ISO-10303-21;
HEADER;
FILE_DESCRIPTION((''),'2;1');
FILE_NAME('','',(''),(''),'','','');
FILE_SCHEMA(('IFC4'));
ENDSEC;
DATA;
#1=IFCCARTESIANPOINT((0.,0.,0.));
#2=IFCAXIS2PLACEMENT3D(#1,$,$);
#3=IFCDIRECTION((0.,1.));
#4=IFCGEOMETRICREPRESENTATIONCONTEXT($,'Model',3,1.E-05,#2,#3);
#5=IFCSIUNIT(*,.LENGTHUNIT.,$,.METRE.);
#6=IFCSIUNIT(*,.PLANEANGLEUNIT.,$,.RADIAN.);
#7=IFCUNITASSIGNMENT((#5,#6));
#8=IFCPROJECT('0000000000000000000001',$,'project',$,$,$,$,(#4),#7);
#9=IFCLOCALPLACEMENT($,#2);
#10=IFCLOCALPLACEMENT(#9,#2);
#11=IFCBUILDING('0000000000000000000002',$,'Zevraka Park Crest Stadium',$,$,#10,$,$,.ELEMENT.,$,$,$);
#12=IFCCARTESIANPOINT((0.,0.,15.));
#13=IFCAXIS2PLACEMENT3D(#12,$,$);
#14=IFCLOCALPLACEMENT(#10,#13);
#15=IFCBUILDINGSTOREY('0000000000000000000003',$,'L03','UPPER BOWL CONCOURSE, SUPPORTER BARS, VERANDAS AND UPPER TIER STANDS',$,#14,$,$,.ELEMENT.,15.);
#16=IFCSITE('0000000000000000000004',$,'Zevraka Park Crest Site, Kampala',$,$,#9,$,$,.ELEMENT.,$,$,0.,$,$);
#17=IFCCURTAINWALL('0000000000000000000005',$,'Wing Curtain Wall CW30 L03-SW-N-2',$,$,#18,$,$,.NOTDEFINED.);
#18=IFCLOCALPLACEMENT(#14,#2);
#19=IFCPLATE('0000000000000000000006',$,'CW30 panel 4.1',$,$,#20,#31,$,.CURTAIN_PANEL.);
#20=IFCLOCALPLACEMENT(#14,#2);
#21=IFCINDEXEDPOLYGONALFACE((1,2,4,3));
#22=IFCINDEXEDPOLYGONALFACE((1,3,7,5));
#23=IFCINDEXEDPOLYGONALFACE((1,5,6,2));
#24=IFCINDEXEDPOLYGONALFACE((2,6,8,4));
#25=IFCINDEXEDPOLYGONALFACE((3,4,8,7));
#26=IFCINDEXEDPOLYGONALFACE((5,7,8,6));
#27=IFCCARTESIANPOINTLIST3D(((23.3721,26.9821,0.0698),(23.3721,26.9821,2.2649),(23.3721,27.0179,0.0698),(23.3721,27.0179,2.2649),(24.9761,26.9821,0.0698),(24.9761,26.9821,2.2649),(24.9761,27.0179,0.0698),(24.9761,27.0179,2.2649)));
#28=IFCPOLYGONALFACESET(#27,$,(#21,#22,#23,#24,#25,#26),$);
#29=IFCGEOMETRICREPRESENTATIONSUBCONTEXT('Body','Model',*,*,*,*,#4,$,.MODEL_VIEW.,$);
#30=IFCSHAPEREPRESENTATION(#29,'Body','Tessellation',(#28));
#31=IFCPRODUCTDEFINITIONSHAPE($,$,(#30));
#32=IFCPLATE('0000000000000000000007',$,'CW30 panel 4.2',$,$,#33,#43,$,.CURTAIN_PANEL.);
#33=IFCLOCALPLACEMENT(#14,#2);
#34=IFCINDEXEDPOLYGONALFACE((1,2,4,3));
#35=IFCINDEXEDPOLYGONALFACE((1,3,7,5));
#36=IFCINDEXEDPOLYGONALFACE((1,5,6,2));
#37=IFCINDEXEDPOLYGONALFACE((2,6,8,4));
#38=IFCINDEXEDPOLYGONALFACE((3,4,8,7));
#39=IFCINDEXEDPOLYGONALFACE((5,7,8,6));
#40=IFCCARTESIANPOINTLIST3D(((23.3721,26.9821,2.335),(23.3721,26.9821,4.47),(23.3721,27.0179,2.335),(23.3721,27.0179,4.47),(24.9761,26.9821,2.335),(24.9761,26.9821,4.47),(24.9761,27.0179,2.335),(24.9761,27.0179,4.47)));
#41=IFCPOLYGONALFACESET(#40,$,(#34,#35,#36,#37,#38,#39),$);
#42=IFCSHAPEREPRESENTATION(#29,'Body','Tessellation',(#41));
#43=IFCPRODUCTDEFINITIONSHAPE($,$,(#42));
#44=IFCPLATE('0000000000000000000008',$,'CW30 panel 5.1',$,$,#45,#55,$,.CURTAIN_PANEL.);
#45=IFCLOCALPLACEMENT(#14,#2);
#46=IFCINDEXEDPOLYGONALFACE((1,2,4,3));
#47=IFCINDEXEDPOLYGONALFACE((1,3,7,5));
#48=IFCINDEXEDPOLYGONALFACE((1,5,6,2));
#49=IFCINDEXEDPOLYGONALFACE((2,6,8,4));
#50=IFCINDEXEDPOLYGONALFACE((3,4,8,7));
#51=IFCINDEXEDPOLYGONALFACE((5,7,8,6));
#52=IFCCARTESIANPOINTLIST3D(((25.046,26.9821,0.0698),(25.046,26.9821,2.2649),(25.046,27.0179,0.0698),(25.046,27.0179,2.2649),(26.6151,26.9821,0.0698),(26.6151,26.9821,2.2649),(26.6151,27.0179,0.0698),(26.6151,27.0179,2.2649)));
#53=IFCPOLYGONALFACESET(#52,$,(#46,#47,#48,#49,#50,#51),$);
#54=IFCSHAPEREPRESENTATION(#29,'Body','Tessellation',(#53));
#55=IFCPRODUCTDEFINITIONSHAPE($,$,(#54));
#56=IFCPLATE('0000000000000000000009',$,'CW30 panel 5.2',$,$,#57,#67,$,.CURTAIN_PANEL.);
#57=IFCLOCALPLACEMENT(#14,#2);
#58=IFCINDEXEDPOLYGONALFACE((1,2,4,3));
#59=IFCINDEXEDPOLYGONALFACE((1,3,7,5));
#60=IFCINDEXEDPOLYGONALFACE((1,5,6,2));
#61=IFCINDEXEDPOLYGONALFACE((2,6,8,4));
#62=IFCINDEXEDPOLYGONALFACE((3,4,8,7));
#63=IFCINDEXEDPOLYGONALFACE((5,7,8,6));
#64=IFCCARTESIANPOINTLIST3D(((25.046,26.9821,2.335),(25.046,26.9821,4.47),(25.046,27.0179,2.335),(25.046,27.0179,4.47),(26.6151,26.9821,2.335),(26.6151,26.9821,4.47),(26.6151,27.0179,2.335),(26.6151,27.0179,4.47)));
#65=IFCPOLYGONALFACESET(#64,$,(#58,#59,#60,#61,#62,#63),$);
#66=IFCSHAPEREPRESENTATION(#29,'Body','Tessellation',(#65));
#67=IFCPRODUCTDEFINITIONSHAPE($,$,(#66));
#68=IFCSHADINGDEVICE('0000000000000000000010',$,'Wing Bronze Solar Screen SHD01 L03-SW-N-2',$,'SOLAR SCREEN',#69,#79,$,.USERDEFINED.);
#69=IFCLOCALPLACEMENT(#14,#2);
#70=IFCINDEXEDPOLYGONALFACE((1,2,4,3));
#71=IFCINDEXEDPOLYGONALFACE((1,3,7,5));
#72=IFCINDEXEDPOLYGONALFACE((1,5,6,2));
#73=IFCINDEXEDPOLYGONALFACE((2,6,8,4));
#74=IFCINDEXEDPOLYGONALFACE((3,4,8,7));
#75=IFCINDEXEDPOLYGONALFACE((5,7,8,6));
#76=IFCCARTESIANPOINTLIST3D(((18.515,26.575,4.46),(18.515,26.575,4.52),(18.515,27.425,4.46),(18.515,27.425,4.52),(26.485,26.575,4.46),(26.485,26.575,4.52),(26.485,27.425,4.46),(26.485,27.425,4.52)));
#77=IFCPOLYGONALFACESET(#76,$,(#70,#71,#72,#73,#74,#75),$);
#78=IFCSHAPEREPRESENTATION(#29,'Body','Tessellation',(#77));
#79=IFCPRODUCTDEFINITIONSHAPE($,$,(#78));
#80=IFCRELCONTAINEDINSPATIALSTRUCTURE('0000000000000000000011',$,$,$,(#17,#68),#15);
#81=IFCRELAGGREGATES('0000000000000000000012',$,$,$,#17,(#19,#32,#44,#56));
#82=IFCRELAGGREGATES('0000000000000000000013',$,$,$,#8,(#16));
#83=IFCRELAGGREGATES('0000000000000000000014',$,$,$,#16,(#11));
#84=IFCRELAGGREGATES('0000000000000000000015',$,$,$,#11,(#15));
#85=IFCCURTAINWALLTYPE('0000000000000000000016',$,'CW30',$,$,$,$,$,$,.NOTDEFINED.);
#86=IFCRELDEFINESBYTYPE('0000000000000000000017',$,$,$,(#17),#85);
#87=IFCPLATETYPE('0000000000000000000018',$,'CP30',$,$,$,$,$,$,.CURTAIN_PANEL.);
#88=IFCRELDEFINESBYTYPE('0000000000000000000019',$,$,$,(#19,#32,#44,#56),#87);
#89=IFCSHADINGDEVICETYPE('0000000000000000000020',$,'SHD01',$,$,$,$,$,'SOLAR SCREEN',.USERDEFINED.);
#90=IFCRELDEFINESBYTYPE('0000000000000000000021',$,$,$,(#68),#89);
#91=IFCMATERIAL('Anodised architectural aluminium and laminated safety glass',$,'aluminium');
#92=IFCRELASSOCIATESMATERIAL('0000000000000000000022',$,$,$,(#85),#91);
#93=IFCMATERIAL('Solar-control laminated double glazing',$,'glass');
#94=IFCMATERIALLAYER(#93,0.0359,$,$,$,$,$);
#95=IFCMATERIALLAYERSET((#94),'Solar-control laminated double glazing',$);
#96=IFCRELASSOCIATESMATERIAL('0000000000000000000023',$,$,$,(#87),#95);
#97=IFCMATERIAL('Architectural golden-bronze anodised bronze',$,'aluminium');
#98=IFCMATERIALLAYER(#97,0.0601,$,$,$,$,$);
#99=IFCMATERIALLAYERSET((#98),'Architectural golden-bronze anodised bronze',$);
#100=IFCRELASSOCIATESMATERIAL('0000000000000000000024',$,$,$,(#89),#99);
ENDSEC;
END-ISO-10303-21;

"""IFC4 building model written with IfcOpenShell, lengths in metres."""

from ifc_helpers import new_model, si_unit, direction, frame, origin, origin_2d, place, context, subcontext, project, spatial, rectangle, extrude, material, layer, layer_set, type_object, element, aggregate, save


model = new_model("IFC4")

# Units and contexts
model_context = context("Model", 3, precision=1e-05, world=origin(), true_north=direction((0.0, 1.0)))
body_context = subcontext(model_context, "Body", "Model", "MODEL_VIEW")
ifc_project = project(units=[si_unit("LENGTHUNIT", "METRE"), si_unit("PLANEANGLEUNIT", "RADIAN")], contexts=[model_context])

# Site, building, storey
site_placement = place(None, origin())
site = spatial("IfcSite", under=ifc_project, at=site_placement, Name="Zevraka Park Crest Site, Kampala", CompositionType="ELEMENT", RefElevation=0.0)
building_placement = place(site_placement, origin())
building = spatial("IfcBuilding", under=site, at=building_placement, Name="Zevraka Park Crest Stadium", CompositionType="ELEMENT")
storey_placement = place(building_placement, frame((0.0, 0.0, 15.0)))
storey = spatial("IfcBuildingStorey", under=building, at=storey_placement, Name="L03", Description="UPPER BOWL CONCOURSE, SUPPORTER BARS, VERANDAS AND UPPER TIER STANDS", CompositionType="ELEMENT", Elevation=15.0)

# Curtain wall, plates
ifc_material_1 = material(Name="Anodised architectural aluminium and laminated safety glass", Category="aluminium")
curtain_wall_type = type_object("IfcCurtainWallType", Name="CW30", PredefinedType="NOTDEFINED", material=ifc_material_1)
curtain_wall_placement = place(storey_placement, origin())
curtain_wall = element("IfcCurtainWall", 1, at=curtain_wall_placement, inside=storey, type_object=curtain_wall_type, Name="Wing Curtain Wall CW30 L03-SW-N-2", PredefinedType="NOTDEFINED")
ifc_material_2 = material(Name="Solar-control laminated double glazing", Category="glass")
ifc_layer_1 = layer(ifc_material_2, 0.0359)
ifc_layer_set_1 = layer_set([ifc_layer_1], Name="Solar-control laminated double glazing")
plate_type = type_object("IfcPlateType", Name="CP30", PredefinedType="CURTAIN_PANEL", material=ifc_layer_set_1)
plate_1_placement = place(storey_placement, frame((24.1741, 27.0, 0.0698), z_axis=(0.0, 0.0, 1.0), x_axis=(1.0, 0.0, 0.0)))
plate_1 = element("IfcPlate", 2, at=plate_1_placement, type_object=plate_type, Name="CW30 panel 4.1", PredefinedType="CURTAIN_PANEL", context=body_context, shape_type="SweptSolid", body=[
    extrude(rectangle(XDim=1.604, YDim=0.0359, at=origin_2d()), origin(), (0.0, 0.0, 1.0), 2.1951),
])
plate_2_placement = place(storey_placement, frame((24.1741, 27.0, 2.335), z_axis=(0.0, 0.0, 1.0), x_axis=(1.0, 0.0, 0.0)))
plate_2 = element("IfcPlate", 3, at=plate_2_placement, type_object=plate_type, Name="CW30 panel 4.2", PredefinedType="CURTAIN_PANEL", context=body_context, shape_type="SweptSolid", body=[
    extrude(rectangle(XDim=1.604, YDim=0.0359, at=origin_2d()), origin(), (0.0, 0.0, 1.0), 2.135),
])
plate_3_placement = place(storey_placement, frame((25.8306, 27.0, 0.0698), z_axis=(0.0, 0.0, 1.0), x_axis=(1.0, 0.0, 0.0)))
plate_3 = element("IfcPlate", 4, at=plate_3_placement, type_object=plate_type, Name="CW30 panel 5.1", PredefinedType="CURTAIN_PANEL", context=body_context, shape_type="SweptSolid", body=[
    extrude(rectangle(XDim=1.5691, YDim=0.0359, at=origin_2d()), origin(), (0.0, 0.0, 1.0), 2.1951),
])
plate_4_placement = place(storey_placement, frame((25.8306, 27.0, 2.335), z_axis=(0.0, 0.0, 1.0), x_axis=(1.0, 0.0, 0.0)))
plate_4 = element("IfcPlate", 5, at=plate_4_placement, type_object=plate_type, Name="CW30 panel 5.2", PredefinedType="CURTAIN_PANEL", context=body_context, shape_type="SweptSolid", body=[
    extrude(rectangle(XDim=1.5691, YDim=0.0359, at=origin_2d()), origin(), (0.0, 0.0, 1.0), 2.135),
])
aggregate(curtain_wall, [plate_1, plate_2, plate_3, plate_4])

# Shading device
ifc_material_3 = material(Name="Architectural golden-bronze anodised bronze", Category="aluminium")
ifc_layer_2 = layer(ifc_material_3, 0.0601)
ifc_layer_set_2 = layer_set([ifc_layer_2], Name="Architectural golden-bronze anodised bronze")
shading_device_type = type_object("IfcShadingDeviceType", Name="SHD01", ElementType="SOLAR SCREEN", PredefinedType="USERDEFINED", material=ifc_layer_set_2)
shading_device_placement = place(storey_placement, frame((22.5, 27.0, 4.46), z_axis=(0.0, 0.0, 1.0), x_axis=(1.0, 0.0, 0.0)))
element("IfcShadingDevice", 6, at=shading_device_placement, inside=storey, type_object=shading_device_type, Name="Wing Bronze Solar Screen SHD01 L03-SW-N-2", ObjectType="SOLAR SCREEN", PredefinedType="USERDEFINED", context=body_context, shape_type="SweptSolid", body=[
    extrude(rectangle(XDim=7.97, YDim=0.8501, at=origin_2d()), origin(), (0.0, 0.0, 1.0), 0.0601),
])

save(model, "model.ifc")
